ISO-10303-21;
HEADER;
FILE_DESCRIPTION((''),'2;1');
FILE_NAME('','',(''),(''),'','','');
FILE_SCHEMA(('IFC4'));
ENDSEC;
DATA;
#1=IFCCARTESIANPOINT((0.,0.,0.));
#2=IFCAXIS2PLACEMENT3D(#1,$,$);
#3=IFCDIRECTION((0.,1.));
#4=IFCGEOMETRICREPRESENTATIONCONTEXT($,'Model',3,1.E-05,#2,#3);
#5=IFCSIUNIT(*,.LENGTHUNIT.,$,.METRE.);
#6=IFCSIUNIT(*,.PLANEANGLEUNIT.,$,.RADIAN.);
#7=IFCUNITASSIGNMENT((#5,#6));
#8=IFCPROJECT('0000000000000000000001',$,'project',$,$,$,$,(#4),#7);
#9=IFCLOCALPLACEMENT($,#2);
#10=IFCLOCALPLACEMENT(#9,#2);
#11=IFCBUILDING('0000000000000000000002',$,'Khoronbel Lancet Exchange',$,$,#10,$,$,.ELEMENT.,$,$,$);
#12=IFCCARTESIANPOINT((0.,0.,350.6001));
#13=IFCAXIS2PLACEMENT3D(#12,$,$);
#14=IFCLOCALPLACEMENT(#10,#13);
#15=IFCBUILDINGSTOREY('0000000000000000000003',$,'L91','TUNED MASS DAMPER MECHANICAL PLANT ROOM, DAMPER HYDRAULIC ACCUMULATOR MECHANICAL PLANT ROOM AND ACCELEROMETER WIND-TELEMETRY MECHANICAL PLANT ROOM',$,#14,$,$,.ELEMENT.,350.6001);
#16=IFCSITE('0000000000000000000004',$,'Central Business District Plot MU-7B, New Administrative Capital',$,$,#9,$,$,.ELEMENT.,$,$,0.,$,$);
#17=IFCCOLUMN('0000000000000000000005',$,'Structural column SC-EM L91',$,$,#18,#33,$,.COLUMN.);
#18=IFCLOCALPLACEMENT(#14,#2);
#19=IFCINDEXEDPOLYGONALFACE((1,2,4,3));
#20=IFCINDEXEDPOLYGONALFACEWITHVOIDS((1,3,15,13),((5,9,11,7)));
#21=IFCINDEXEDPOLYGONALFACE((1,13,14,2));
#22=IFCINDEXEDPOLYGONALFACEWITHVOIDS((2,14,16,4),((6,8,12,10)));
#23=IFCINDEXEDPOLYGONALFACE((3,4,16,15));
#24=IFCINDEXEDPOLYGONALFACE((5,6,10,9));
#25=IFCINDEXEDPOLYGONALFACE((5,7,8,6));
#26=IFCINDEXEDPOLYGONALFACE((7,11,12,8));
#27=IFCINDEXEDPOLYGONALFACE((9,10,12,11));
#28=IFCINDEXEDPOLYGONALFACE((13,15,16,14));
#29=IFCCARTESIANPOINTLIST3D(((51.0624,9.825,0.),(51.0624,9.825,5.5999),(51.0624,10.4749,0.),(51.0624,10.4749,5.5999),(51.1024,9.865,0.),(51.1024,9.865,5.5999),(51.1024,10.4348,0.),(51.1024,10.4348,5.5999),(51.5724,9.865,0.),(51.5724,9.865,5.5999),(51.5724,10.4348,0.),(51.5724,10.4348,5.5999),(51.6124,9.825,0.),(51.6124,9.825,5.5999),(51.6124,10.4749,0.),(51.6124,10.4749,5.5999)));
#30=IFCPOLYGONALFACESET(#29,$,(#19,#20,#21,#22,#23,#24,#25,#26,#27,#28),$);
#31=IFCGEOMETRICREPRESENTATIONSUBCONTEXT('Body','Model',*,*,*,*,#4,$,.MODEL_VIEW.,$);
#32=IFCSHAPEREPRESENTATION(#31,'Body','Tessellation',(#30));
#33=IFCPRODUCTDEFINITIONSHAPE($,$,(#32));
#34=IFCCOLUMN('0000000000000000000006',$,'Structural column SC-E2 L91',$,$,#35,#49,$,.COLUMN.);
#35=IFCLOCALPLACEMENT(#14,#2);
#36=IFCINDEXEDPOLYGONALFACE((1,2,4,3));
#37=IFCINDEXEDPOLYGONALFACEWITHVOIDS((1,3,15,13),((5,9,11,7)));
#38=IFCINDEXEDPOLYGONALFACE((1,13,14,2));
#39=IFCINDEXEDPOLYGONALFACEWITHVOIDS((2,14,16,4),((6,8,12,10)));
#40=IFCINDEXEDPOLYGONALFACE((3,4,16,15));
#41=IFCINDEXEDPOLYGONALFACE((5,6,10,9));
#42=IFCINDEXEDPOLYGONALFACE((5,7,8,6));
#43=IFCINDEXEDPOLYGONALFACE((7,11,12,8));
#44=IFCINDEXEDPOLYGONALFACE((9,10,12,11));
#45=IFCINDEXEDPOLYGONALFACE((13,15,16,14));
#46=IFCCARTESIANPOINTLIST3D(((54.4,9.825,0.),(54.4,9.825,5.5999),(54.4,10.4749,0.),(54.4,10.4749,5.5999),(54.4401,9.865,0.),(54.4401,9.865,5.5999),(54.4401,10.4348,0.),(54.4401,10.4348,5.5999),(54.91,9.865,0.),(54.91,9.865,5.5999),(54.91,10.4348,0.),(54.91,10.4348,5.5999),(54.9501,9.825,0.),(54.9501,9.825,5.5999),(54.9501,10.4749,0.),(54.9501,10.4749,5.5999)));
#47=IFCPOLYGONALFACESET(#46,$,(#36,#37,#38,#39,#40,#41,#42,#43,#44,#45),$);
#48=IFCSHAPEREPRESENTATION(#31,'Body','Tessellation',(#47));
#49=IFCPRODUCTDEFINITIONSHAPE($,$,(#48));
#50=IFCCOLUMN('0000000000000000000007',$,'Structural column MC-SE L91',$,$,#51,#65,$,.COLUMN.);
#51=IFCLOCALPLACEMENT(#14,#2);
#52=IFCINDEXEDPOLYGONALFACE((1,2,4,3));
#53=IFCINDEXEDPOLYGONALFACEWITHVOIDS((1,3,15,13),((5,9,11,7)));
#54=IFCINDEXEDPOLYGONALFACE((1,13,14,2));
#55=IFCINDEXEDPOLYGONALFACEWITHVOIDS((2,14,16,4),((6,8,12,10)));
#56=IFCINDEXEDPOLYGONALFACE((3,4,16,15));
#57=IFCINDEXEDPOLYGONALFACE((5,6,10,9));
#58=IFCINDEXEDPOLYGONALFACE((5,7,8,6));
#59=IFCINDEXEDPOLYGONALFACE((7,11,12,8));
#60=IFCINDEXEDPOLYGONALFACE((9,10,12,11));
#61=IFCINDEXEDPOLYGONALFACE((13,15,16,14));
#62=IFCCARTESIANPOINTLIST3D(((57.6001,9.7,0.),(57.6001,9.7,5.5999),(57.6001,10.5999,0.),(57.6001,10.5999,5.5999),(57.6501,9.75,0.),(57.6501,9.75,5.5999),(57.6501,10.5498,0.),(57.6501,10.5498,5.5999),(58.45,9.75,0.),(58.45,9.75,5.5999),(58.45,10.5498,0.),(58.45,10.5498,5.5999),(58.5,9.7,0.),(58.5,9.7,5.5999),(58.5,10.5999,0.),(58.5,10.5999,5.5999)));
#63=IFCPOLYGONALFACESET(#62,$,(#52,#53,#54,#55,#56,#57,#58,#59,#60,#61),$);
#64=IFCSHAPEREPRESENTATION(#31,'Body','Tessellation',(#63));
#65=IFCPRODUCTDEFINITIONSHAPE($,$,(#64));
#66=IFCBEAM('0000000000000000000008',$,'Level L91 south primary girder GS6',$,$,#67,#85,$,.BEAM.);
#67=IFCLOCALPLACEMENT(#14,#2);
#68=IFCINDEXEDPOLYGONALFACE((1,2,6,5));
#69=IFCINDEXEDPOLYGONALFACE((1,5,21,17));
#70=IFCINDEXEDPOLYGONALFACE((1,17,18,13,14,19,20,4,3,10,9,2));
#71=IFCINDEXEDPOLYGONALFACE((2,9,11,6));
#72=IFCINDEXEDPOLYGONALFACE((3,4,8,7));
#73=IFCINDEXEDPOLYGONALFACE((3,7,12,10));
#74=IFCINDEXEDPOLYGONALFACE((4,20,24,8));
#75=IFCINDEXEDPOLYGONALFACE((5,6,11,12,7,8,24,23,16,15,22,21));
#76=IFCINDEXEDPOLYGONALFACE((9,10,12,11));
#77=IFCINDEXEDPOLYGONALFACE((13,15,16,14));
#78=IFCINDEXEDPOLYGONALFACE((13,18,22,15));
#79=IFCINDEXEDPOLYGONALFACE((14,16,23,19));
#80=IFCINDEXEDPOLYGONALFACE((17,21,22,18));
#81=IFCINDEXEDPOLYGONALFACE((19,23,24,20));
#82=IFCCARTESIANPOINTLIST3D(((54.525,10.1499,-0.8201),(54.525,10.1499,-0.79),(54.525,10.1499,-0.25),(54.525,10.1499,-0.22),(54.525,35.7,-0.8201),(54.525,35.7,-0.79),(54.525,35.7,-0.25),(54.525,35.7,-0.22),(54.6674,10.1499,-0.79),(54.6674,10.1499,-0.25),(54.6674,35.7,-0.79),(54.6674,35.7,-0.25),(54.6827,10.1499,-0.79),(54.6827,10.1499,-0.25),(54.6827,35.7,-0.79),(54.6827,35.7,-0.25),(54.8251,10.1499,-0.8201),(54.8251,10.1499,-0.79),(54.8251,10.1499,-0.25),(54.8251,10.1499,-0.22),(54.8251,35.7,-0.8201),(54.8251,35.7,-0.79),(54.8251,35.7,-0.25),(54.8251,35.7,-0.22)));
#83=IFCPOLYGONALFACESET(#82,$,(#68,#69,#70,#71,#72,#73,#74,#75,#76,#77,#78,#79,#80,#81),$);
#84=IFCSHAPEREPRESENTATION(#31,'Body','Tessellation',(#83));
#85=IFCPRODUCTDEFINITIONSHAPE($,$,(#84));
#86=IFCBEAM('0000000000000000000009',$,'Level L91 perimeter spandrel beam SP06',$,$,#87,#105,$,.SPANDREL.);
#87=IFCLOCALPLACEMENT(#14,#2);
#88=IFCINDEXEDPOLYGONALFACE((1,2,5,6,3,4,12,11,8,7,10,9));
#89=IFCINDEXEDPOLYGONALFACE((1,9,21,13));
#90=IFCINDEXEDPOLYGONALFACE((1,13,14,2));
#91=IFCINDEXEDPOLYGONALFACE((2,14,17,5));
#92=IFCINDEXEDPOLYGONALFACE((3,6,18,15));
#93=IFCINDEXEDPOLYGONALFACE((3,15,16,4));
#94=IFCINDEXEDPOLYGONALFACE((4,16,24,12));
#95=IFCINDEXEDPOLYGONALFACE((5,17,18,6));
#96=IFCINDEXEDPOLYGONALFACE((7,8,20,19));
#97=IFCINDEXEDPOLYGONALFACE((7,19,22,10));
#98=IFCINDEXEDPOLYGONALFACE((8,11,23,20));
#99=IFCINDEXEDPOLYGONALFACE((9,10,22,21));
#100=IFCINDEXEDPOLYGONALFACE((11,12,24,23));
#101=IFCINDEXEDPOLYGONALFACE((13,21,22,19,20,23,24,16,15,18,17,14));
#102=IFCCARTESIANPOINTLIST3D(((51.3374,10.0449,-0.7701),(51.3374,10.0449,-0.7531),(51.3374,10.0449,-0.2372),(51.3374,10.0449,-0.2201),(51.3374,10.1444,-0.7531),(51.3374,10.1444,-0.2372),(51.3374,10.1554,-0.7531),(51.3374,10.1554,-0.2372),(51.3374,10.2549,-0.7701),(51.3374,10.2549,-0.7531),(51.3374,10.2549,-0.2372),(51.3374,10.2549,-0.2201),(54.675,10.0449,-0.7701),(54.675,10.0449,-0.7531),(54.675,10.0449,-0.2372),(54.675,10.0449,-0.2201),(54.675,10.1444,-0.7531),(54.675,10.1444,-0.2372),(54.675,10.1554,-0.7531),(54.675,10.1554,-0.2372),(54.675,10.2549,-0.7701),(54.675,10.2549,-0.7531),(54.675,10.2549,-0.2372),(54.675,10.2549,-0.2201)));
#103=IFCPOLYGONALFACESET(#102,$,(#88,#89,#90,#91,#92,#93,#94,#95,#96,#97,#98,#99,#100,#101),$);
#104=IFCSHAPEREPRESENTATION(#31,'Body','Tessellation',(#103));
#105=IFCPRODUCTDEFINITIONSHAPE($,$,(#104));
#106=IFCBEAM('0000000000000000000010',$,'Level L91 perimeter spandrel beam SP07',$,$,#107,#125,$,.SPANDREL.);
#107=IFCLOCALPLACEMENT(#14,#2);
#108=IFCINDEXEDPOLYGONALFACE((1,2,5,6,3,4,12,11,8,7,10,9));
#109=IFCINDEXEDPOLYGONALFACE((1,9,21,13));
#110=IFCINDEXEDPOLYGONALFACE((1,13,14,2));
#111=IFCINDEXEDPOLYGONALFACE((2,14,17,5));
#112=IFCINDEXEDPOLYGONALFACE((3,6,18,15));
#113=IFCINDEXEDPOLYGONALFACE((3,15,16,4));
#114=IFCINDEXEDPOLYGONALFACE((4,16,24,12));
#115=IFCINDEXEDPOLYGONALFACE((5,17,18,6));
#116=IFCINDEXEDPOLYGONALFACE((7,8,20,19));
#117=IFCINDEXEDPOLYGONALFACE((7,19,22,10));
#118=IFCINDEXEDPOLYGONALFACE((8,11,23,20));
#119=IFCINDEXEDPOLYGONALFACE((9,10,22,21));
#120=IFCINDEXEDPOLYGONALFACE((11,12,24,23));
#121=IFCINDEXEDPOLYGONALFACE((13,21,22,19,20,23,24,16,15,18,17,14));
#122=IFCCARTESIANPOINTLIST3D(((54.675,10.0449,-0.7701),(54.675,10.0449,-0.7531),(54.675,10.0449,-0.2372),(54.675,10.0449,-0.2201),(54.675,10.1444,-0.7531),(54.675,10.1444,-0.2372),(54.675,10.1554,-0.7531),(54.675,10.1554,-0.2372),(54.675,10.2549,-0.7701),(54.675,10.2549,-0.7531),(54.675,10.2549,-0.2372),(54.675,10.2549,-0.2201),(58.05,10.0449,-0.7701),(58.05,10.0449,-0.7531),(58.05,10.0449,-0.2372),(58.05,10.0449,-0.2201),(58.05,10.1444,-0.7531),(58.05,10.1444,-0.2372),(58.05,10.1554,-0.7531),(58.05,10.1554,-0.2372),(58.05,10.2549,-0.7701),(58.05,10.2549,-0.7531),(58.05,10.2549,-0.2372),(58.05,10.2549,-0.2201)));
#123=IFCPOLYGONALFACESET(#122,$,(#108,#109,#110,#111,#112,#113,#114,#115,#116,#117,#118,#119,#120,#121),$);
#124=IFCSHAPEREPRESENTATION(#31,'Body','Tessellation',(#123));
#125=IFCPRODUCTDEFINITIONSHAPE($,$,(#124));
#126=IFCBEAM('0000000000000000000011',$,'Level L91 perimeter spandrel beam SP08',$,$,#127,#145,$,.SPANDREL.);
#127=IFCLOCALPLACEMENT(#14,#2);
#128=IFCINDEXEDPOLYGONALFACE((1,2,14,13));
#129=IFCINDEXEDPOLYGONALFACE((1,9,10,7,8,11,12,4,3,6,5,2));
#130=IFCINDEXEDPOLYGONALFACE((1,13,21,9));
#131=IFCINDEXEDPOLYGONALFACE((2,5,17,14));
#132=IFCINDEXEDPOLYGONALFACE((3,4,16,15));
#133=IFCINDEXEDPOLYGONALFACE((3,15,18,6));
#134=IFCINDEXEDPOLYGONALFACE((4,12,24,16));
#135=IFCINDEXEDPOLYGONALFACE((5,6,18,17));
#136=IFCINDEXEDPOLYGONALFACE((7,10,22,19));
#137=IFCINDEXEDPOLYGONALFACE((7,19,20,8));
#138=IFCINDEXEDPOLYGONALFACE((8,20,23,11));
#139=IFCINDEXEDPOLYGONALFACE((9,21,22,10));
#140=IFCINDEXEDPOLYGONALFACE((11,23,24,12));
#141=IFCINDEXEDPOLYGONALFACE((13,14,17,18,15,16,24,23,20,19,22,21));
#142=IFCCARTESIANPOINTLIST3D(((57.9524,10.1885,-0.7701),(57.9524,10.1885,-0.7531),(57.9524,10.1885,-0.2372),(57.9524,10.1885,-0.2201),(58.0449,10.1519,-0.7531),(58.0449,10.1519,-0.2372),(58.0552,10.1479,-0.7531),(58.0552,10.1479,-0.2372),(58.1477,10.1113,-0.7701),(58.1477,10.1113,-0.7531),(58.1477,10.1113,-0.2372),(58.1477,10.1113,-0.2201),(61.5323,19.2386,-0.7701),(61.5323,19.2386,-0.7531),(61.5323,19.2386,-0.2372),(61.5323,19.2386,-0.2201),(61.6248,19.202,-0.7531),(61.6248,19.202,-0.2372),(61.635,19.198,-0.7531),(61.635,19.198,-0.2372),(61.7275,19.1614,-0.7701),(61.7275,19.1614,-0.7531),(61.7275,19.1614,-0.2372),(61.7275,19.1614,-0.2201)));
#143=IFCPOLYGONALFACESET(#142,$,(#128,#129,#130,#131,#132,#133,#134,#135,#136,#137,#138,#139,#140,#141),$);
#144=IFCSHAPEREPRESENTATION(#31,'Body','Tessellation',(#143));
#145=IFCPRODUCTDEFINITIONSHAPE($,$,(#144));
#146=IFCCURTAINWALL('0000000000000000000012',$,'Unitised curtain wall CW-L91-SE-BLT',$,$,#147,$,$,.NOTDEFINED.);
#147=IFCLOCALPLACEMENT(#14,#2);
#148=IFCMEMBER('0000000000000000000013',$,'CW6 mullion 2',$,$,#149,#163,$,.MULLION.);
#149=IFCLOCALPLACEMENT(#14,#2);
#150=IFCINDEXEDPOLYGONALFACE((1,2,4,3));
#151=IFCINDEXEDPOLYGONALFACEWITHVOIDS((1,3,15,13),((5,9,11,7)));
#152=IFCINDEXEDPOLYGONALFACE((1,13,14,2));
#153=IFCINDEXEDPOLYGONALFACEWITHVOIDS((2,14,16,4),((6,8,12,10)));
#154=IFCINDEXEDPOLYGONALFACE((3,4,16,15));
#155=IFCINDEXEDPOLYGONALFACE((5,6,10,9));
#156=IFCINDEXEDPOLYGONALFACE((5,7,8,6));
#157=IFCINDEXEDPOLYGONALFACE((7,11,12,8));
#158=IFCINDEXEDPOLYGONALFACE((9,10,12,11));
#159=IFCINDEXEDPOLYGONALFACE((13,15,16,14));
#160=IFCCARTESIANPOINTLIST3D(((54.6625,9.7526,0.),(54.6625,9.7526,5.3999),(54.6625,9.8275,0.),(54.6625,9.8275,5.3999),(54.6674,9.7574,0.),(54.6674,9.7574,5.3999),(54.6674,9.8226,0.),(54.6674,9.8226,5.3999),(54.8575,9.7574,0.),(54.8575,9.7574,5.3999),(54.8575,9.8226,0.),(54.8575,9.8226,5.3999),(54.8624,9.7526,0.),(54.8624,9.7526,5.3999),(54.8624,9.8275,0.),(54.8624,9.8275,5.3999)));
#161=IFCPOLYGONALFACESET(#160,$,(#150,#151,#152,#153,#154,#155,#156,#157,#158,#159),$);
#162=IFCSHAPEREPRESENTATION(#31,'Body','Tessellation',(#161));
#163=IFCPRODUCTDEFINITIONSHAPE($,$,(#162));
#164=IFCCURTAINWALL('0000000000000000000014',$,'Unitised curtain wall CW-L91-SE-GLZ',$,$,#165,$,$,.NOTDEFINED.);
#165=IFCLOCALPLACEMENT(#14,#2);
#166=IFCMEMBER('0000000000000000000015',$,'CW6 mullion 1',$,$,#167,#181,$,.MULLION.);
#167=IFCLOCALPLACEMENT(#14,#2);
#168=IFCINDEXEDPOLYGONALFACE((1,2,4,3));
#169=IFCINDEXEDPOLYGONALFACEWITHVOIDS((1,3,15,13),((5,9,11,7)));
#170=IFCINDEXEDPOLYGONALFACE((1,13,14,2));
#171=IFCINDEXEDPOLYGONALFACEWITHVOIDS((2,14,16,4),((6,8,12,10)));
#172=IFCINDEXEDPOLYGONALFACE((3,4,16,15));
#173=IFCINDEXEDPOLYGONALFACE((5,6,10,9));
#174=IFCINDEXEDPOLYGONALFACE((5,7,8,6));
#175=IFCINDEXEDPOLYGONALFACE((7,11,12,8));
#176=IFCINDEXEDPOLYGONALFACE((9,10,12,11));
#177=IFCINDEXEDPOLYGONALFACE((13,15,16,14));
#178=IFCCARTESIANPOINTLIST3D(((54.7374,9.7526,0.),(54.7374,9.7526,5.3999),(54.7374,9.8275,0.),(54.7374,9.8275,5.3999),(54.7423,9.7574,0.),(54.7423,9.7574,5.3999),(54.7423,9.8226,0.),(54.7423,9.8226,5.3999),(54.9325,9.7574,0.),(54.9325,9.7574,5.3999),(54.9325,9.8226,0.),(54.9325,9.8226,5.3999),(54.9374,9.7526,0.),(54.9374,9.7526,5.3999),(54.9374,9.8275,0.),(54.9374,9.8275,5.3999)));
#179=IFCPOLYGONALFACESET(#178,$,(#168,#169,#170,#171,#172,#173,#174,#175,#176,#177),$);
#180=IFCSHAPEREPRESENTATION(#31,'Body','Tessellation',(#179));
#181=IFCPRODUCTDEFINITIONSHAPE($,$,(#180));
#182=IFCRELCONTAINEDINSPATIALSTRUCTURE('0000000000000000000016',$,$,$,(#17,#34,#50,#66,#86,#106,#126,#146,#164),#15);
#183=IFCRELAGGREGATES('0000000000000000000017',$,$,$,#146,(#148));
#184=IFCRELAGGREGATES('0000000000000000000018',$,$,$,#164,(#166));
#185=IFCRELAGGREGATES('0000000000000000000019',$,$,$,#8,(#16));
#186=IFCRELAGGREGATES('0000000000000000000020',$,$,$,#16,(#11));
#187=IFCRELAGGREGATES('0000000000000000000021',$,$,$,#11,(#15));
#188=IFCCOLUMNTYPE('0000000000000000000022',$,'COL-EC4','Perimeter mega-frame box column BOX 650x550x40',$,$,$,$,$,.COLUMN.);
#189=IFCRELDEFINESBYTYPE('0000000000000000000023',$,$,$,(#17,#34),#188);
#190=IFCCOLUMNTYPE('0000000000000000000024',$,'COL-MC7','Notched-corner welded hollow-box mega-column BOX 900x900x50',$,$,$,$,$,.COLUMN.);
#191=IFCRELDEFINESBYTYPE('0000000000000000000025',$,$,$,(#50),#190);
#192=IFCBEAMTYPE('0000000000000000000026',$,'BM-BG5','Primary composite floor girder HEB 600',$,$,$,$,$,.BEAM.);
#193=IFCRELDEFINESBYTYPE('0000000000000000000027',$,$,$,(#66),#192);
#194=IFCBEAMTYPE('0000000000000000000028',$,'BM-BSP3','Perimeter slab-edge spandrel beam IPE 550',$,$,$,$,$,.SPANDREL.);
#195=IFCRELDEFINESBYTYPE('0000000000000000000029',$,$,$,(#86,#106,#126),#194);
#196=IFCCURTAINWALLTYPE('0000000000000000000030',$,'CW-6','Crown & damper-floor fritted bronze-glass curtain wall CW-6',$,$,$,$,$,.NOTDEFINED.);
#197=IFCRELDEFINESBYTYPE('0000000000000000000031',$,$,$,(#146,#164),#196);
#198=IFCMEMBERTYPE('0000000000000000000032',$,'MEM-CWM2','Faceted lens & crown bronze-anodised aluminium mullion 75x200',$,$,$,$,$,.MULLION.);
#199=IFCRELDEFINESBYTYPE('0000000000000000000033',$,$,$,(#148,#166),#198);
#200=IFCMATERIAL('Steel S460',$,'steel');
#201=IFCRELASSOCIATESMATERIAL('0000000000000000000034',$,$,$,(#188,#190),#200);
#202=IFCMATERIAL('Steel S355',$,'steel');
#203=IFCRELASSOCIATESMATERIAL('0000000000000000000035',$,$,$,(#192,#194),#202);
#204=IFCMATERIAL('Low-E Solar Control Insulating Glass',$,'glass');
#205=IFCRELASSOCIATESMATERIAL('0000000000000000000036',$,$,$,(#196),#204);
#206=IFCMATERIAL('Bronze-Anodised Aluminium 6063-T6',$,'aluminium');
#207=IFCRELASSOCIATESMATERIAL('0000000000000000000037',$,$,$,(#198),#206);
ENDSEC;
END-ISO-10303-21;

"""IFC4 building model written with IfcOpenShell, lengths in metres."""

from ifc_helpers import new_model, si_unit, direction, frame, origin, origin_2d, place, context, subcontext, project, spatial, hollow_rectangle, i_section, extrude, material, material_profile, profile_set, type_object, element, aggregate, save


model = new_model("IFC4")

# Units and contexts
model_context = context("Model", 3, precision=1e-05, world=origin(), true_north=direction((0.0, 1.0)))
body_context = subcontext(model_context, "Body", "Model", "MODEL_VIEW")
ifc_project = project(units=[si_unit("LENGTHUNIT", "METRE"), si_unit("PLANEANGLEUNIT", "RADIAN")], contexts=[model_context])

# Site, building, storey
site_placement = place(None, origin())
site = spatial("IfcSite", under=ifc_project, at=site_placement, Name="Central Business District Plot MU-7B, New Administrative Capital", CompositionType="ELEMENT", RefElevation=0.0)
building_placement = place(site_placement, origin())
building = spatial("IfcBuilding", under=site, at=building_placement, Name="Khoronbel Lancet Exchange", CompositionType="ELEMENT")
storey_placement = place(building_placement, frame((0.0, 0.0, 350.6001)))
storey = spatial("IfcBuildingStorey", under=building, at=storey_placement, Name="L91", Description="TUNED MASS DAMPER MECHANICAL PLANT ROOM, DAMPER HYDRAULIC ACCUMULATOR MECHANICAL PLANT ROOM AND ACCELEROMETER WIND-TELEMETRY MECHANICAL PLANT ROOM", CompositionType="ELEMENT", Elevation=350.6001)

# Columns
ifc_material_1 = material(Name="Steel S460", Category="steel")
ifc_material_profile_1 = material_profile(ifc_material_1, hollow_rectangle(XDim=0.55, YDim=0.6499, WallThickness=0.04, at=origin_2d()), Name="BOX 650x550x40")
ifc_profile_set_1 = profile_set([ifc_material_profile_1], Name="Steel S460")
column_type_1 = type_object("IfcColumnType", Name="COL-EC4", Description="Perimeter mega-frame box column BOX 650x550x40", PredefinedType="COLUMN", material=ifc_profile_set_1)
for number, where, z_axis, x_axis, name in (
    (1, (51.3374, 10.1499, 0.0), (0.0, 0.0, 1.0), (1.0, 0.0, 0.0), "Structural column SC-EM L91"),
    (2, (54.675, 10.1499, 0.0), (0.0, 0.0, 1.0), (1.0, 0.0, 0.0), "Structural column SC-E2 L91"),
):
    element("IfcColumn", number, at=place(storey_placement, frame(where, z_axis=z_axis, x_axis=x_axis)), inside=storey, type_object=column_type_1, Name=name, PredefinedType="COLUMN", context=body_context, shape_type="SweptSolid", body=[
        extrude(hollow_rectangle(XDim=0.55, YDim=0.6499, WallThickness=0.04, at=origin_2d()), origin(), (0.0, 0.0, 1.0), 5.5999),
    ])
ifc_material_profile_2 = material_profile(ifc_material_1, hollow_rectangle(XDim=0.8999, YDim=0.8999, WallThickness=0.05, at=origin_2d()), Name="BOX 900x900x50")
ifc_profile_set_2 = profile_set([ifc_material_profile_2], Name="Steel S460")
column_type_2 = type_object("IfcColumnType", Name="COL-MC7", Description="Notched-corner welded hollow-box mega-column BOX 900x900x50", PredefinedType="COLUMN", material=ifc_profile_set_2)
column_placement = place(storey_placement, frame((58.05, 10.1499, 0.0), z_axis=(0.0, 0.0, 1.0), x_axis=(1.0, 0.0, 0.0)))
element("IfcColumn", 3, at=column_placement, inside=storey, type_object=column_type_2, Name="Structural column MC-SE L91", PredefinedType="COLUMN", context=body_context, shape_type="SweptSolid", body=[
    extrude(hollow_rectangle(XDim=0.8999, YDim=0.8999, WallThickness=0.05, at=origin_2d()), origin(), (0.0, 0.0, 1.0), 5.5999),
])

# Beams
ifc_material_2 = material(Name="Steel S355", Category="steel")
ifc_material_profile_3 = material_profile(ifc_material_2, i_section(OverallWidth=0.3, OverallDepth=0.6001, WebThickness=0.0154, FlangeThickness=0.03, at=origin_2d()), Name="HEB 600")
ifc_profile_set_3 = profile_set([ifc_material_profile_3], Name="Steel S355")
beam_type_1 = type_object("IfcBeamType", Name="BM-BG5", Description="Primary composite floor girder HEB 600", PredefinedType="BEAM", material=ifc_profile_set_3)
beam_1_placement = place(storey_placement, frame((54.675, 10.1499, -0.52), z_axis=(0.0, 1.0, 0.0), x_axis=(-1.0, 0.0, 0.0)))
element("IfcBeam", 4, at=beam_1_placement, inside=storey, type_object=beam_type_1, Name="Level L91 south primary girder GS6", PredefinedType="BEAM", context=body_context, shape_type="SweptSolid", body=[
    extrude(i_section(OverallWidth=0.3, OverallDepth=0.6001, WebThickness=0.0154, FlangeThickness=0.03, at=origin_2d()), origin(), (0.0, 0.0, 1.0), 25.55),
])
ifc_material_profile_4 = material_profile(ifc_material_2, i_section(OverallWidth=0.21, OverallDepth=0.55, WebThickness=0.011, FlangeThickness=0.0171, at=origin_2d()), Name="IPE 550")
ifc_profile_set_4 = profile_set([ifc_material_profile_4], Name="Steel S355")
beam_type_2 = type_object("IfcBeamType", Name="BM-BSP3", Description="Perimeter slab-edge spandrel beam IPE 550", PredefinedType="SPANDREL", material=ifc_profile_set_4)
beam_2_placement = place(storey_placement, frame((51.3374, 10.1499, -0.4951), z_axis=(1.0, 0.0, 0.0), x_axis=(0.0, 1.0, 0.0)))
element("IfcBeam", 5, at=beam_2_placement, inside=storey, type_object=beam_type_2, Name="Level L91 perimeter spandrel beam SP06", PredefinedType="SPANDREL", context=body_context, shape_type="SweptSolid", body=[
    extrude(i_section(OverallWidth=0.21, OverallDepth=0.55, WebThickness=0.011, FlangeThickness=0.0171, at=origin_2d()), origin(), (0.0, 0.0, 1.0), 3.3376),
])
beam_3_placement = place(storey_placement, frame((54.675, 10.1499, -0.4951), z_axis=(1.0, 0.0, 0.0), x_axis=(0.0, 1.0, 0.0)))
element("IfcBeam", 6, at=beam_3_placement, inside=storey, type_object=beam_type_2, Name="Level L91 perimeter spandrel beam SP07", PredefinedType="SPANDREL", context=body_context, shape_type="SweptSolid", body=[
    extrude(i_section(OverallWidth=0.21, OverallDepth=0.55, WebThickness=0.011, FlangeThickness=0.0171, at=origin_2d()), origin(), (0.0, 0.0, 1.0), 3.375),
])
beam_4_placement = place(storey_placement, frame((58.05, 10.1499, -0.4951), z_axis=(0.367828, 0.929894, 0.0), x_axis=(-0.929894, 0.367828, 0.0)))
element("IfcBeam", 7, at=beam_4_placement, inside=storey, type_object=beam_type_2, Name="Level L91 perimeter spandrel beam SP08", PredefinedType="SPANDREL", context=body_context, shape_type="SweptSolid", body=[
    extrude(i_section(OverallWidth=0.21, OverallDepth=0.55, WebThickness=0.011, FlangeThickness=0.0171, at=origin_2d()), origin(), (0.0, 0.0, 1.0), 9.7324),
])

# Curtain wall, member
ifc_material_3 = material(Name="Low-E Solar Control Insulating Glass", Category="glass")
curtain_wall_type = type_object("IfcCurtainWallType", Name="CW-6", Description="Crown & damper-floor fritted bronze-glass curtain wall CW-6", PredefinedType="NOTDEFINED", material=ifc_material_3)
curtain_wall_1_placement = place(storey_placement, origin())
curtain_wall_1 = element("IfcCurtainWall", 8, at=curtain_wall_1_placement, inside=storey, type_object=curtain_wall_type, Name="Unitised curtain wall CW-L91-SE-BLT", PredefinedType="NOTDEFINED")
ifc_material_4 = material(Name="Bronze-Anodised Aluminium 6063-T6", Category="aluminium")
ifc_material_profile_5 = material_profile(ifc_material_4, hollow_rectangle(XDim=0.075, YDim=0.2, WallThickness=0.0049, at=origin_2d()), Name="ALU MULLION 75x200")
ifc_profile_set_5 = profile_set([ifc_material_profile_5], Name="Bronze-Anodised Aluminium 6063-T6")
member_type_1 = type_object("IfcMemberType", Name="MEM-CWM2", Description="Faceted lens & crown bronze-anodised aluminium mullion 75x200", PredefinedType="MULLION", material=ifc_profile_set_5)
member_1_placement = place(storey_placement, frame((54.7625, 9.79, 0.0), z_axis=(0.0, 0.0, 1.0), x_axis=(0.0, 1.0, 0.0)))
member_1 = element("IfcMember", 9, at=member_1_placement, type_object=member_type_1, Name="CW6 mullion 2", PredefinedType="MULLION", context=body_context, shape_type="SweptSolid", body=[
    extrude(hollow_rectangle(XDim=0.075, YDim=0.2, WallThickness=0.0049, at=origin_2d()), origin(), (0.0, 0.0, 1.0), 5.3999),
])

# Curtain wall, member
curtain_wall_2_placement = place(storey_placement, origin())
curtain_wall_2 = element("IfcCurtainWall", 10, at=curtain_wall_2_placement, inside=storey, type_object=curtain_wall_type, Name="Unitised curtain wall CW-L91-SE-GLZ", PredefinedType="NOTDEFINED")
member_2_placement = place(storey_placement, frame((54.8374, 9.79, 0.0), z_axis=(0.0, 0.0, 1.0), x_axis=(0.0, 1.0, 0.0)))
member_2 = element("IfcMember", 11, at=member_2_placement, type_object=member_type_1, Name="CW6 mullion 1", PredefinedType="MULLION", context=body_context, shape_type="SweptSolid", body=[
    extrude(hollow_rectangle(XDim=0.075, YDim=0.2, WallThickness=0.0049, at=origin_2d()), origin(), (0.0, 0.0, 1.0), 5.3999),
])

aggregate(curtain_wall_1, [member_1])
aggregate(curtain_wall_2, [member_2])

save(model, "model.ifc")
